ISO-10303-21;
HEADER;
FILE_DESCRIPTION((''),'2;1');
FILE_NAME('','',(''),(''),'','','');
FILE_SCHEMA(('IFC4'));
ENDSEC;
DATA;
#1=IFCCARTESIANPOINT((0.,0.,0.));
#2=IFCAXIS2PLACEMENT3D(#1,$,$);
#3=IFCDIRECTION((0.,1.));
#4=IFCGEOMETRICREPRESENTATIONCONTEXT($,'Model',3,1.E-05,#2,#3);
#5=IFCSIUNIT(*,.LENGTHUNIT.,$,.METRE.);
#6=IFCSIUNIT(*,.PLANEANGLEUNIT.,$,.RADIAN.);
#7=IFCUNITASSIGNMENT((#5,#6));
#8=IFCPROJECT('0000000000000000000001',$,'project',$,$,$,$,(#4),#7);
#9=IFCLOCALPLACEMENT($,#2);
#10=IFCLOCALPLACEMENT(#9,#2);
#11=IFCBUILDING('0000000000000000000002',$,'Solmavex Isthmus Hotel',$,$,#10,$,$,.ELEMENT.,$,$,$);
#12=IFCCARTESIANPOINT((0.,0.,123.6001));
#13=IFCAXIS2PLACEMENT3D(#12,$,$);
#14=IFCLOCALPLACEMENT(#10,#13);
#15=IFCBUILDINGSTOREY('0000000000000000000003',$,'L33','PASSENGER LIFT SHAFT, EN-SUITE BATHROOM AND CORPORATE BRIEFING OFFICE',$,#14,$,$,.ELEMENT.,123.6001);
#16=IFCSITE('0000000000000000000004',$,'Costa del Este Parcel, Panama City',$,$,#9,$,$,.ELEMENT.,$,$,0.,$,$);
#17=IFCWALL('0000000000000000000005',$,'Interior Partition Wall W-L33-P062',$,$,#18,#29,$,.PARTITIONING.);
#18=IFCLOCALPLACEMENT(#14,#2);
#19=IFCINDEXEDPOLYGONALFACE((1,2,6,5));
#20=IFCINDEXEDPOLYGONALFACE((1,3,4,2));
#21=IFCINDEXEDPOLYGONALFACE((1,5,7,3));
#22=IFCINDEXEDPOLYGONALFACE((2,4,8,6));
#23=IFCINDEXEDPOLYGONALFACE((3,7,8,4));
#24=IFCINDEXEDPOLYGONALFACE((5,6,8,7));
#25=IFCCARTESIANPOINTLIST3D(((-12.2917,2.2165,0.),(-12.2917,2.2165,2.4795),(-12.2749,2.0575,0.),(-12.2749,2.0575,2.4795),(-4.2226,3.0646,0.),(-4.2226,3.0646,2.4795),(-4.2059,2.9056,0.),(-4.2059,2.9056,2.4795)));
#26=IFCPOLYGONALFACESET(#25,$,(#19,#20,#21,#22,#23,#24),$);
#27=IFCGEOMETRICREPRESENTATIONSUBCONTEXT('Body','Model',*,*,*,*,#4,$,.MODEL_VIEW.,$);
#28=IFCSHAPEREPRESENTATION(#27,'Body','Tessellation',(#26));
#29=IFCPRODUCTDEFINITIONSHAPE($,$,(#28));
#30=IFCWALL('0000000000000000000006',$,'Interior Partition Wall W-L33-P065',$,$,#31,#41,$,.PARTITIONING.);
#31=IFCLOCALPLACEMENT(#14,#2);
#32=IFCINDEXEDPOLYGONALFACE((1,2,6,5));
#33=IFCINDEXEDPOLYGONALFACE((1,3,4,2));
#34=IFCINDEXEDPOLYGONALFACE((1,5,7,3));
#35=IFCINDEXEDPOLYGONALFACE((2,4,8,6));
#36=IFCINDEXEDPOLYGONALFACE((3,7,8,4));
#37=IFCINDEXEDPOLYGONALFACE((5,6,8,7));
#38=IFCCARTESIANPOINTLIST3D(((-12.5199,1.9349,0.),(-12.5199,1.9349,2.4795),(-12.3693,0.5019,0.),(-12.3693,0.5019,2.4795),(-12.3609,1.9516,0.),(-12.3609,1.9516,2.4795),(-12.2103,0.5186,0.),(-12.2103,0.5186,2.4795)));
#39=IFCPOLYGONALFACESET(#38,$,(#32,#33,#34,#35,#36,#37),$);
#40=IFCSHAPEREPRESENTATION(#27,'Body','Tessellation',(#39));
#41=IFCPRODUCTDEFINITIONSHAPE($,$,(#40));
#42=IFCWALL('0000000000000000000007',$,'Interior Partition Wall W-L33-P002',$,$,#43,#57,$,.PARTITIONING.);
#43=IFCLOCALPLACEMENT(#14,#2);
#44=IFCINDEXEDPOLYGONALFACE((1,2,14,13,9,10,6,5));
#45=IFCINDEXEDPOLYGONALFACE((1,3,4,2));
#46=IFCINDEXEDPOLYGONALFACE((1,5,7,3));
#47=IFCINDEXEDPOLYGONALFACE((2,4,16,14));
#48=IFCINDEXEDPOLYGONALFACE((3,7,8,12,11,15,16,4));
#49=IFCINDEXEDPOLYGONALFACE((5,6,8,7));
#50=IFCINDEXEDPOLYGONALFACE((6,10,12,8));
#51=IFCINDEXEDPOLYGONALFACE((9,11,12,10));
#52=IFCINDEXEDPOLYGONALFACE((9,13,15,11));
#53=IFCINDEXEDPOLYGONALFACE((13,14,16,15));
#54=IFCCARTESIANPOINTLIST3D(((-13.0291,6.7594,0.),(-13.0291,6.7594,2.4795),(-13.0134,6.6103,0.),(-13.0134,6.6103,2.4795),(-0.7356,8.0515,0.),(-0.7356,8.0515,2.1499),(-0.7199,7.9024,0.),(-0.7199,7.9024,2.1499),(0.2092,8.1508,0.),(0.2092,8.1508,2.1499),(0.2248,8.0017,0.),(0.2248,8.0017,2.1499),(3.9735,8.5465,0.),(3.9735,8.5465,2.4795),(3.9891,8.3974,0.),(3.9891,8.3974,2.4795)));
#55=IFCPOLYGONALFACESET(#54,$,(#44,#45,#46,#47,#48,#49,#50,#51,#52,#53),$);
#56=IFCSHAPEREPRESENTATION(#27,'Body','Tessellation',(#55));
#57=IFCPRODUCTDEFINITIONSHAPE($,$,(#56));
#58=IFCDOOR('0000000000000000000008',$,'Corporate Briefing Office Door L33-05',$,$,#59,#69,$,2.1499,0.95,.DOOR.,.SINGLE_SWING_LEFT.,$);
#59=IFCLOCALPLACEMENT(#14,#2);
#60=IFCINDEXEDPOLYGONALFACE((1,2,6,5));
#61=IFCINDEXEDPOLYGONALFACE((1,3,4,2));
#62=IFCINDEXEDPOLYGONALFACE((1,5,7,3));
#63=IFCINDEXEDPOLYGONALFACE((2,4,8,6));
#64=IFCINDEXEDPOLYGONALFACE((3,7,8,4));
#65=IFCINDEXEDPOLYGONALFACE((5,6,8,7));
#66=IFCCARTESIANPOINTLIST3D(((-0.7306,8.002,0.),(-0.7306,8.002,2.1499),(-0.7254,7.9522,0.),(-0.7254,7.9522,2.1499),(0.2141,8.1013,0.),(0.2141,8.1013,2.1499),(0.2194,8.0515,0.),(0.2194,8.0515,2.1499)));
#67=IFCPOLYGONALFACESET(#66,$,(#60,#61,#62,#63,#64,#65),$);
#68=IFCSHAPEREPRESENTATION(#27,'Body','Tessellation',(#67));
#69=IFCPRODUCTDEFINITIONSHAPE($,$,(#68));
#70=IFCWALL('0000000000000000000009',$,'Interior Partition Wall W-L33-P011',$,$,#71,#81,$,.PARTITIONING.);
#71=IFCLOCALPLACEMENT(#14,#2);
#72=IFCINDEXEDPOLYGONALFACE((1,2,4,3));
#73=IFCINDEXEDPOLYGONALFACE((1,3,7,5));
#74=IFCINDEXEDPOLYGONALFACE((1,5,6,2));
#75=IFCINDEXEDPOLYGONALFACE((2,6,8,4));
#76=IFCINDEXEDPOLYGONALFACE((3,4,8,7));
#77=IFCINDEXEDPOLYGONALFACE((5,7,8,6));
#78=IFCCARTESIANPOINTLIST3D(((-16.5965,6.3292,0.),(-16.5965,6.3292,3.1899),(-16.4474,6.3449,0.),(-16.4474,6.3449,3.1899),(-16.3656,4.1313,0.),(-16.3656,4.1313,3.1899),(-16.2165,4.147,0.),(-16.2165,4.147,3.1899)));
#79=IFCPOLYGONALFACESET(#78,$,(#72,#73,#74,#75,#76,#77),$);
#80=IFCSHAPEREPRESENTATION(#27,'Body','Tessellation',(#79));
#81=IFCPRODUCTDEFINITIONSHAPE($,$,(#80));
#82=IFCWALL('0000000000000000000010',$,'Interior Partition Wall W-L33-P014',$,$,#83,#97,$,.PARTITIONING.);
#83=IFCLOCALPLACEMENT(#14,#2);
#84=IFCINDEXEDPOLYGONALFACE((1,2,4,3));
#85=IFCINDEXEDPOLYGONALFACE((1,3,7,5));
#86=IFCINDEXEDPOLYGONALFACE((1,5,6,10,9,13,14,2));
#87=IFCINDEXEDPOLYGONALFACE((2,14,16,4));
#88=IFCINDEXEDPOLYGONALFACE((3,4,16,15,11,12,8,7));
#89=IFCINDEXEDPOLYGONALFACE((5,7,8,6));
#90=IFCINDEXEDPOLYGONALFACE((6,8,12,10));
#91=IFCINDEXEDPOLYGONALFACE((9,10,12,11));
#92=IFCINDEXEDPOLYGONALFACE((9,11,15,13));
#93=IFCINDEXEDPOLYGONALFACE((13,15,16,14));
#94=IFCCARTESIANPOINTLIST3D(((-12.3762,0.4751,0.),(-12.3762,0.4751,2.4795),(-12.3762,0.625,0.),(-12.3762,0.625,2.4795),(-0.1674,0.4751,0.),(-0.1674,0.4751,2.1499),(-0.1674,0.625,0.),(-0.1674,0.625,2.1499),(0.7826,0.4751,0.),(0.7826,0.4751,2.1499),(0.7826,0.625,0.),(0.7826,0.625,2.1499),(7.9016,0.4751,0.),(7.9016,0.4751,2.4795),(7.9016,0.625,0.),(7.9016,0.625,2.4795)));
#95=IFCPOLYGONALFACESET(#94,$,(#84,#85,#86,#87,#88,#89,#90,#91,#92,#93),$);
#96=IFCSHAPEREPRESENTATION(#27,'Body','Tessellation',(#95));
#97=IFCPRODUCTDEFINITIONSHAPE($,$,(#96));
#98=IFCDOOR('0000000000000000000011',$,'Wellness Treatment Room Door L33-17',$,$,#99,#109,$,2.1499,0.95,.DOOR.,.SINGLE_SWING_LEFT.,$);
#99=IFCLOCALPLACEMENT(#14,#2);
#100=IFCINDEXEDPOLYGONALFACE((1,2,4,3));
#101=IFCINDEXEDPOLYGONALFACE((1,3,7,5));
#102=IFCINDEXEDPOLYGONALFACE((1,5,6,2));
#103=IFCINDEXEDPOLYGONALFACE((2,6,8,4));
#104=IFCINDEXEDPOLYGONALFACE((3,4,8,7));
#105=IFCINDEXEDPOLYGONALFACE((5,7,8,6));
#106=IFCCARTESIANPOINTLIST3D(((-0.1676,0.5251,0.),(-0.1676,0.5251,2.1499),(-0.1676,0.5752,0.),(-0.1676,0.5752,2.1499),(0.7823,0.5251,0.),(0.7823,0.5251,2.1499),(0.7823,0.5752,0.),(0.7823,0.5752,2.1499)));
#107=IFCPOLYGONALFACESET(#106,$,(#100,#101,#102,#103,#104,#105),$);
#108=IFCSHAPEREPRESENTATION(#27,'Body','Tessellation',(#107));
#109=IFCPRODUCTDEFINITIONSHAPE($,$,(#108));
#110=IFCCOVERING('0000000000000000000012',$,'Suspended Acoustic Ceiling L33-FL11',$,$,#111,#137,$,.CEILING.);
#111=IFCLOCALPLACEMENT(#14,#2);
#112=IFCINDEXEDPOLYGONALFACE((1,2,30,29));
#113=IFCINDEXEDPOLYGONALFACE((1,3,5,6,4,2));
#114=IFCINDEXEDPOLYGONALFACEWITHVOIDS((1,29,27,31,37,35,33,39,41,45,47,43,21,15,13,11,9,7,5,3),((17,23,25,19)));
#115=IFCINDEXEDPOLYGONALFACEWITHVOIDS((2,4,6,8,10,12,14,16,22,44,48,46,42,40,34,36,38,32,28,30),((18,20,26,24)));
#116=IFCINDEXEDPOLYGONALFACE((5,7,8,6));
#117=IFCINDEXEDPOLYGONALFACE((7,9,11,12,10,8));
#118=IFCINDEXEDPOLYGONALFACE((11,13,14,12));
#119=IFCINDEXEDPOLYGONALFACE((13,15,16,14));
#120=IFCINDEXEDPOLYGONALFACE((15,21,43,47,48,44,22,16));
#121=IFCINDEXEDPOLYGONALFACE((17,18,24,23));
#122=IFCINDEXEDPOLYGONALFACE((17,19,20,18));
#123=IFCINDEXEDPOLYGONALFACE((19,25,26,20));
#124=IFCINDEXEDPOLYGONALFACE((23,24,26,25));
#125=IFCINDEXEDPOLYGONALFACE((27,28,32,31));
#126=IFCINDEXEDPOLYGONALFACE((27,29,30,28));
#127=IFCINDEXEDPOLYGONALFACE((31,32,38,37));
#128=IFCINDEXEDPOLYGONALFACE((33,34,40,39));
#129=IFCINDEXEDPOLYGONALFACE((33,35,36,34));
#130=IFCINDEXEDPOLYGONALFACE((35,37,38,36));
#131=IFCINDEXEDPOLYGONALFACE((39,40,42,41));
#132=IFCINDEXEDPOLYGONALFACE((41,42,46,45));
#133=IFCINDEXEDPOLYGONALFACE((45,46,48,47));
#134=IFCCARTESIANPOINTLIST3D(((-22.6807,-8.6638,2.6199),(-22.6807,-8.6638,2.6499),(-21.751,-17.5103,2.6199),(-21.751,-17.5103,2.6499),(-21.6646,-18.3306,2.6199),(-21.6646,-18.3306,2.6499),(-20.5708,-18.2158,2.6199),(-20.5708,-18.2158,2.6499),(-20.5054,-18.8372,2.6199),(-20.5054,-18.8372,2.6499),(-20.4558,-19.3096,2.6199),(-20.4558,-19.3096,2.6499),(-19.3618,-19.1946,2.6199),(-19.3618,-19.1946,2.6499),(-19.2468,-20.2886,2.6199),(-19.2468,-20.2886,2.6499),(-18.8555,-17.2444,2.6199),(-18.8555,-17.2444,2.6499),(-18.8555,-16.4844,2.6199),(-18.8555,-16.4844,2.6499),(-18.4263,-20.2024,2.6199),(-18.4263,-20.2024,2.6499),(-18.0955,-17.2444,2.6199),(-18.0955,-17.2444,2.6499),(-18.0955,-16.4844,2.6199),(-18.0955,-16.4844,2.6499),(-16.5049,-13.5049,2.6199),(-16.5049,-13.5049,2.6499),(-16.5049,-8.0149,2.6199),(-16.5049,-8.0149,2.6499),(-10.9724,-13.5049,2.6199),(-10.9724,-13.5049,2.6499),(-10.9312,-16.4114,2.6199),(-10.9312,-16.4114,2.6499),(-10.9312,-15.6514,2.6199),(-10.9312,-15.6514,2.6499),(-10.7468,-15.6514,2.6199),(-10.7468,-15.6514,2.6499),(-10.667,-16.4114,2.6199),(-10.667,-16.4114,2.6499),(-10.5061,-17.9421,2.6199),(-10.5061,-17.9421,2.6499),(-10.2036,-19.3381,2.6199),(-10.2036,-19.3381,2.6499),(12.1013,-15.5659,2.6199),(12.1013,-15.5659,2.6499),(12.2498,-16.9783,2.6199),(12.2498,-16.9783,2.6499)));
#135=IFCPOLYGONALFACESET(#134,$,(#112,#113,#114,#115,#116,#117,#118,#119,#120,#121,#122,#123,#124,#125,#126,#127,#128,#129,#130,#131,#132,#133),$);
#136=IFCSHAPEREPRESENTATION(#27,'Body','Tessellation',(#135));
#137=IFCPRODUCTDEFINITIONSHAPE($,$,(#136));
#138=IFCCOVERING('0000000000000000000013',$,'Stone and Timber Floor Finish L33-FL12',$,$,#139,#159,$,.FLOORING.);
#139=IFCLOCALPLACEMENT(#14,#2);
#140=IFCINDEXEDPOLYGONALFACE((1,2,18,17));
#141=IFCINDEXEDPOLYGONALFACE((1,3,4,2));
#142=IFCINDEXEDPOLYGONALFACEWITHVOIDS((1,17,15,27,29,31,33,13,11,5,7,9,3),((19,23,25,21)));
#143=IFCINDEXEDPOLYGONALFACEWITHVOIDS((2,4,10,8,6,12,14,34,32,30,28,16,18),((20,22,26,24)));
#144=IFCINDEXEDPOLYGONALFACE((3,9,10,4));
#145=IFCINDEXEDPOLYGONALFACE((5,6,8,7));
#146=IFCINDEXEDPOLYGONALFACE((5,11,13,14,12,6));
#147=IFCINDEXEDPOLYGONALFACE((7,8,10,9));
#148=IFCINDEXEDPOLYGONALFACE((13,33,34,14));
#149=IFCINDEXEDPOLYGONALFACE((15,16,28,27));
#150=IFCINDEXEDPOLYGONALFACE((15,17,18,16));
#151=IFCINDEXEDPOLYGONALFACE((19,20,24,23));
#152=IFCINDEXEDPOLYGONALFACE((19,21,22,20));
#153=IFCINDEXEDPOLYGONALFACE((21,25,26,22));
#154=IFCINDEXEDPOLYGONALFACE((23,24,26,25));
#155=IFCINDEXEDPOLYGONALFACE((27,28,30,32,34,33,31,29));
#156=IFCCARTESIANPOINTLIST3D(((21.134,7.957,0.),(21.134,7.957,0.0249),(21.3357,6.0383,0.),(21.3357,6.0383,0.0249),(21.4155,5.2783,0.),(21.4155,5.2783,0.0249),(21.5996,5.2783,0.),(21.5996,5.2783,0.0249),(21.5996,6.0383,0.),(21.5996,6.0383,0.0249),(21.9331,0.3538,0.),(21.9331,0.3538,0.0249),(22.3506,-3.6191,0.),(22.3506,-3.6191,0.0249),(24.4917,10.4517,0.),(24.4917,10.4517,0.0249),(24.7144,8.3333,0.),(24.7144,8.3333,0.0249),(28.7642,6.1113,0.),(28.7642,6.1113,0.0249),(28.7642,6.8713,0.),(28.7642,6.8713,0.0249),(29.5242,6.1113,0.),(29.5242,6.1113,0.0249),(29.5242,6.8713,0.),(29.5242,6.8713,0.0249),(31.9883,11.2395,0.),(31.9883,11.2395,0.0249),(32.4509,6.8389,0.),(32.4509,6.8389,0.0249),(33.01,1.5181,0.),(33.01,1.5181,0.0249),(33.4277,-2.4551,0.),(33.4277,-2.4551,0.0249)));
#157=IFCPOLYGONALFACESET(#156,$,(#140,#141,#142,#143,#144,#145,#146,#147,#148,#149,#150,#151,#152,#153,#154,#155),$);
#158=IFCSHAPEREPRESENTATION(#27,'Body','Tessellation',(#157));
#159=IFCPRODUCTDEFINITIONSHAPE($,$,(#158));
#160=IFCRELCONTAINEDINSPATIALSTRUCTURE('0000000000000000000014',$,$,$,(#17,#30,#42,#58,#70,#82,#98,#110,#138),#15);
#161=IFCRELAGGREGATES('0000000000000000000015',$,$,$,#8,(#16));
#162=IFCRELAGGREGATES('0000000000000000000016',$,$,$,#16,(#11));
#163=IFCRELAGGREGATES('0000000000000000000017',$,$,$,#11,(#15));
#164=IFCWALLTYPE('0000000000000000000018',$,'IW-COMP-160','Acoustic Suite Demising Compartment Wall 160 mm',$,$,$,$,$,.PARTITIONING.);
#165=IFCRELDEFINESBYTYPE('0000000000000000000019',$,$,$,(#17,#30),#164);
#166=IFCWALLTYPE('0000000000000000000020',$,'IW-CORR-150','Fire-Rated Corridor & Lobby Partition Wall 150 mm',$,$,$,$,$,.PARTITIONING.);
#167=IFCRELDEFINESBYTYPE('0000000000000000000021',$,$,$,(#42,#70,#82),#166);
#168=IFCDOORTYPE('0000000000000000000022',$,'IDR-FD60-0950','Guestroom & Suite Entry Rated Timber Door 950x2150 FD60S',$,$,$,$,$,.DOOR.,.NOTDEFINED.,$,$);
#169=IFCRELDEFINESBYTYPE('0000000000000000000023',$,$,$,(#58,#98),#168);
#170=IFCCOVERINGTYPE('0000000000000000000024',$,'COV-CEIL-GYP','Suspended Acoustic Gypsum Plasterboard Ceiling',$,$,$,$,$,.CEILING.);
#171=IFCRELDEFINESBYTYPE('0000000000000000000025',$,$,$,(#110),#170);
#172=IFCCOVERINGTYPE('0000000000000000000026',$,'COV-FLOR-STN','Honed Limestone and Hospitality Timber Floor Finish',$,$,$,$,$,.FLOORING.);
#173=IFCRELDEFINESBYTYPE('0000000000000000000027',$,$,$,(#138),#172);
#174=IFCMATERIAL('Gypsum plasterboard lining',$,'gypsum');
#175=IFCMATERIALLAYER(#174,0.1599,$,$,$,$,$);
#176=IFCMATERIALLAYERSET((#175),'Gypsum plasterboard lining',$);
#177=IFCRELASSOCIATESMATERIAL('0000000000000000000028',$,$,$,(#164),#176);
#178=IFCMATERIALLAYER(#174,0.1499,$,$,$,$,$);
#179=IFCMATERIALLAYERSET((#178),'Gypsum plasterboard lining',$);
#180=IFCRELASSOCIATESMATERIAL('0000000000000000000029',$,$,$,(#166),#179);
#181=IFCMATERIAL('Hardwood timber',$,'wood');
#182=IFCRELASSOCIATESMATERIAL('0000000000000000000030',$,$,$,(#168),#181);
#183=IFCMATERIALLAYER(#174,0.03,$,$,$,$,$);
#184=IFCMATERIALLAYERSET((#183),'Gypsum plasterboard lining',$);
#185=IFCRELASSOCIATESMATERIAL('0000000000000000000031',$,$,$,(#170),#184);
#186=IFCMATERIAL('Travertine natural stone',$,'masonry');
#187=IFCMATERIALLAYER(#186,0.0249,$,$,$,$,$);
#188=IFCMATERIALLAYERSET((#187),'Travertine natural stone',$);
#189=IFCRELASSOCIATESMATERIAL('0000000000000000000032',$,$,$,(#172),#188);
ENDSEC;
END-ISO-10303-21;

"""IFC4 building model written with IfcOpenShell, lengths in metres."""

from ifc_helpers import new_model, si_unit, direction, frame, frame_2d, origin, place, context, subcontext, project, spatial, polyline, rectangle, outline, extrude, material, layer, layer_set, type_object, element, fill, save


model = new_model("IFC4")

# Units and contexts
model_context = context("Model", 3, precision=1e-05, world=origin(), true_north=direction((0.0, 1.0)))
body_context = subcontext(model_context, "Body", "Model", "MODEL_VIEW")
ifc_project = project(units=[si_unit("LENGTHUNIT", "METRE"), si_unit("PLANEANGLEUNIT", "RADIAN")], contexts=[model_context])

# Site, building, storey
site_placement = place(None, origin())
site = spatial("IfcSite", under=ifc_project, at=site_placement, Name="Costa del Este Parcel, Panama City", CompositionType="ELEMENT", RefElevation=0.0)
building_placement = place(site_placement, origin())
building = spatial("IfcBuilding", under=site, at=building_placement, Name="Solmavex Isthmus Hotel", CompositionType="ELEMENT")
storey_placement = place(building_placement, frame((0.0, 0.0, 123.6001)))
storey = spatial("IfcBuildingStorey", under=building, at=storey_placement, Name="L33", Description="PASSENGER LIFT SHAFT, EN-SUITE BATHROOM AND CORPORATE BRIEFING OFFICE", CompositionType="ELEMENT", Elevation=123.6001)

# Walls
ifc_material_1 = material(Name="Gypsum plasterboard lining", Category="gypsum")
ifc_layer_1 = layer(ifc_material_1, 0.1599)
ifc_layer_set_1 = layer_set([ifc_layer_1], Name="Gypsum plasterboard lining")
wall_type_1 = type_object("IfcWallType", Name="IW-COMP-160", Description="Acoustic Suite Demising Compartment Wall 160 mm", PredefinedType="PARTITIONING", material=ifc_layer_set_1)
wall_1_placement = place(storey_placement, frame((-4.2144, 2.9851, 0.0), z_axis=(0.0, 0.0, 1.0), x_axis=(-0.994521, -0.104534, 0.0)))
element("IfcWall", 1, at=wall_1_placement, inside=storey, type_object=wall_type_1, Name="Interior Partition Wall W-L33-P062", PredefinedType="PARTITIONING", context=body_context, shape_type="SweptSolid", body=[
    extrude(rectangle(XDim=8.1135, YDim=0.1599, at=frame_2d((4.0566, 0.0))), origin(), (0.0, 0.0, 1.0), 2.4795),
])
wall_2_placement = place(storey_placement, frame((-12.2898, 0.5103, 0.0), z_axis=(0.0, 0.0, 1.0), x_axis=(-0.104535, 0.994521, 0.0)))
element("IfcWall", 2, at=wall_2_placement, inside=storey, type_object=wall_type_1, Name="Interior Partition Wall W-L33-P065", PredefinedType="PARTITIONING", context=body_context, shape_type="SweptSolid", body=[
    extrude(rectangle(XDim=1.4409, YDim=0.1599, at=frame_2d((0.7205, 0.0))), origin(), (0.0, 0.0, 1.0), 2.4795),
])

# Wall, opening, door
ifc_layer_2 = layer(ifc_material_1, 0.1499)
ifc_layer_set_2 = layer_set([ifc_layer_2], Name="Gypsum plasterboard lining")
wall_type_2 = type_object("IfcWallType", Name="IW-CORR-150", Description="Fire-Rated Corridor & Lobby Partition Wall 150 mm", PredefinedType="PARTITIONING", material=ifc_layer_set_2)
wall_3_placement = place(storey_placement, frame((-13.0212, 6.6848, 0.0), z_axis=(0.0, 0.0, 1.0), x_axis=(0.994521, 0.104533, 0.0)))
wall_3 = element("IfcWall", 3, at=wall_3_placement, inside=storey, type_object=wall_type_2, Name="Interior Partition Wall W-L33-P002", PredefinedType="PARTITIONING", context=body_context, shape_type="SweptSolid", body=[
    extrude(rectangle(XDim=17.0962, YDim=0.1499, at=frame_2d((8.5481, 0.0))), origin(), (0.0, 0.0, 1.0), 2.4795),
])
opening_1_placement = place(wall_3_placement, frame((12.3611, 0.0, 0.0)))
opening_1 = element("IfcOpeningElement", 4, at=opening_1_placement, cuts=wall_3, PredefinedType="OPENING", context=body_context, shape_type="SweptSolid", body=[
    extrude(rectangle(XDim=0.95, YDim=2.1499, at=frame_2d((0.4751, 1.075))), frame((0.0, 0.085, 0.0), z_axis=(0.0, -1.0, 0.0), x_axis=(1.0, 0.0, 0.0)), (0.0, 0.0, 1.0), 0.1699),
])
ifc_material_2 = material(Name="Hardwood timber", Category="wood")
door_type = type_object("IfcDoorType", Name="IDR-FD60-0950", Description="Guestroom & Suite Entry Rated Timber Door 950x2150 FD60S", OperationType="NOTDEFINED", PredefinedType="DOOR", material=ifc_material_2)
door_1_placement = place(opening_1_placement, frame((0.95, 0.0, 0.0), z_axis=(0.0, 0.0, 1.0), x_axis=(-1.0, 0.0, 0.0)))
door_1 = element("IfcDoor", 5, at=door_1_placement, inside=storey, type_object=door_type, Name="Corporate Briefing Office Door L33-05", OperationType="SINGLE_SWING_LEFT", OverallHeight=2.1499, OverallWidth=0.95, PredefinedType="DOOR", context=body_context, shape_type="SweptSolid", body=[
    extrude(rectangle(XDim=0.95, YDim=2.1499, at=frame_2d((0.4751, 1.075))), frame((0.0, 0.0249, 0.0), z_axis=(0.0, -1.0, 0.0), x_axis=(1.0, 0.0, 0.0)), (0.0, 0.0, 1.0), 0.05),
])
fill(opening_1, door_1)

# Wall
wall_4_placement = place(storey_placement, frame((-16.291, 4.1392, 0.0), z_axis=(0.0, 0.0, 1.0), x_axis=(-0.104512, 0.994524, 0.0)))
element("IfcWall", 6, at=wall_4_placement, inside=storey, type_object=wall_type_2, Name="Interior Partition Wall W-L33-P011", PredefinedType="PARTITIONING", context=body_context, shape_type="SweptSolid", body=[
    extrude(rectangle(XDim=2.21, YDim=0.1499, at=frame_2d((1.105, 0.0))), origin(), (0.0, 0.0, 1.0), 3.1899),
])

# Wall, opening, door
wall_5_placement = place(storey_placement, frame((-12.3762, 0.55, 0.0), z_axis=(0.0, 0.0, 1.0), x_axis=(1.0, 0.0, 0.0)))
wall_5 = element("IfcWall", 7, at=wall_5_placement, inside=storey, type_object=wall_type_2, Name="Interior Partition Wall W-L33-P014", PredefinedType="PARTITIONING", context=body_context, shape_type="SweptSolid", body=[
    extrude(rectangle(XDim=20.2778, YDim=0.1499, at=frame_2d((10.1389, 0.0))), origin(), (0.0, 0.0, 1.0), 2.4795),
])
opening_2_placement = place(wall_5_placement, frame((12.2087, 0.0, 0.0)))
opening_2 = element("IfcOpeningElement", 8, at=opening_2_placement, cuts=wall_5, PredefinedType="OPENING", context=body_context, shape_type="SweptSolid", body=[
    extrude(rectangle(XDim=0.95, YDim=2.1499, at=frame_2d((0.4751, 1.075))), frame((0.0, 0.085, 0.0), z_axis=(0.0, -1.0, 0.0), x_axis=(1.0, 0.0, 0.0)), (0.0, 0.0, 1.0), 0.1699),
])
door_2_placement = place(opening_2_placement, frame((0.95, 0.0, 0.0), z_axis=(0.0, 0.0, 1.0), x_axis=(-1.0, 0.0, 0.0)))
door_2 = element("IfcDoor", 9, at=door_2_placement, inside=storey, type_object=door_type, Name="Wellness Treatment Room Door L33-17", OperationType="SINGLE_SWING_LEFT", OverallHeight=2.1499, OverallWidth=0.95, PredefinedType="DOOR", context=body_context, shape_type="SweptSolid", body=[
    extrude(rectangle(XDim=0.95, YDim=2.1499, at=frame_2d((0.4751, 1.075))), frame((0.0, 0.0249, 0.0), z_axis=(0.0, -1.0, 0.0), x_axis=(1.0, 0.0, 0.0)), (0.0, 0.0, 1.0), 0.05),
])
fill(opening_2, door_2)

# Coverings
ifc_layer_3 = layer(ifc_material_1, 0.03)
ifc_layer_set_3 = layer_set([ifc_layer_3], Name="Gypsum plasterboard lining")
covering_type_1 = type_object("IfcCoveringType", Name="COV-CEIL-GYP", Description="Suspended Acoustic Gypsum Plasterboard Ceiling", PredefinedType="CEILING", material=ifc_layer_set_3)
covering_1_placement = place(storey_placement, frame((0.0, 0.0, 2.6199)))
element("IfcCovering", 10, at=covering_1_placement, inside=storey, type_object=covering_type_1, Name="Suspended Acoustic Ceiling L33-FL11", PredefinedType="CEILING", context=body_context, shape_type="SweptSolid", body=[
    extrude(outline(polyline([(-10.667, -16.4114), (-10.9312, -16.4114), (-10.9312, -15.6514), (-10.7468, -15.6514), (-10.9724, -13.5049), (-16.5049, -13.5049), (-16.5049, -8.0149), (-22.6807, -8.6638), (-21.751, -17.5103), (-21.6646, -18.3306), (-20.5708, -18.2158), (-20.5054, -18.8372), (-20.4558, -19.3096), (-19.3618, -19.1946), (-19.2468, -20.2886), (-18.4263, -20.2024), (-10.2036, -19.3381), (12.2498, -16.9783), (12.1013, -15.5659), (-10.5061, -17.9421), (-10.667, -16.4114)]), holes=[polyline([(-18.8555, -17.2444), (-18.8555, -16.4844), (-18.0955, -16.4844), (-18.0955, -17.2444), (-18.8555, -17.2444)])]), origin(), (0.0, 0.0, 1.0), 0.03),
])
ifc_material_3 = material(Name="Travertine natural stone", Category="masonry")
ifc_layer_4 = layer(ifc_material_3, 0.0249)
ifc_layer_set_4 = layer_set([ifc_layer_4], Name="Travertine natural stone")
covering_type_2 = type_object("IfcCoveringType", Name="COV-FLOR-STN", Description="Honed Limestone and Hospitality Timber Floor Finish", PredefinedType="FLOORING", material=ifc_layer_set_4)
covering_2_placement = place(storey_placement, origin())
element("IfcCovering", 11, at=covering_2_placement, inside=storey, type_object=covering_type_2, Name="Stone and Timber Floor Finish L33-FL12", PredefinedType="FLOORING", context=body_context, shape_type="SweptSolid", body=[
    extrude(outline(polyline([(21.3357, 6.0383), (21.5996, 6.0383), (21.5996, 5.2783), (21.4155, 5.2783), (21.9331, 0.3538), (22.3506, -3.6191), (33.4277, -2.4551), (33.01, 1.5181), (32.4509, 6.8389), (31.9883, 11.2395), (24.4917, 10.4517), (24.7144, 8.3333), (21.134, 7.957), (21.3357, 6.0383)]), holes=[polyline([(28.7642, 6.1113), (28.7642, 6.8713), (29.5242, 6.8713), (29.5242, 6.1113), (28.7642, 6.1113)])]), origin(), (0.0, 0.0, 1.0), 0.0249),
])

save(model, "model.ifc")
